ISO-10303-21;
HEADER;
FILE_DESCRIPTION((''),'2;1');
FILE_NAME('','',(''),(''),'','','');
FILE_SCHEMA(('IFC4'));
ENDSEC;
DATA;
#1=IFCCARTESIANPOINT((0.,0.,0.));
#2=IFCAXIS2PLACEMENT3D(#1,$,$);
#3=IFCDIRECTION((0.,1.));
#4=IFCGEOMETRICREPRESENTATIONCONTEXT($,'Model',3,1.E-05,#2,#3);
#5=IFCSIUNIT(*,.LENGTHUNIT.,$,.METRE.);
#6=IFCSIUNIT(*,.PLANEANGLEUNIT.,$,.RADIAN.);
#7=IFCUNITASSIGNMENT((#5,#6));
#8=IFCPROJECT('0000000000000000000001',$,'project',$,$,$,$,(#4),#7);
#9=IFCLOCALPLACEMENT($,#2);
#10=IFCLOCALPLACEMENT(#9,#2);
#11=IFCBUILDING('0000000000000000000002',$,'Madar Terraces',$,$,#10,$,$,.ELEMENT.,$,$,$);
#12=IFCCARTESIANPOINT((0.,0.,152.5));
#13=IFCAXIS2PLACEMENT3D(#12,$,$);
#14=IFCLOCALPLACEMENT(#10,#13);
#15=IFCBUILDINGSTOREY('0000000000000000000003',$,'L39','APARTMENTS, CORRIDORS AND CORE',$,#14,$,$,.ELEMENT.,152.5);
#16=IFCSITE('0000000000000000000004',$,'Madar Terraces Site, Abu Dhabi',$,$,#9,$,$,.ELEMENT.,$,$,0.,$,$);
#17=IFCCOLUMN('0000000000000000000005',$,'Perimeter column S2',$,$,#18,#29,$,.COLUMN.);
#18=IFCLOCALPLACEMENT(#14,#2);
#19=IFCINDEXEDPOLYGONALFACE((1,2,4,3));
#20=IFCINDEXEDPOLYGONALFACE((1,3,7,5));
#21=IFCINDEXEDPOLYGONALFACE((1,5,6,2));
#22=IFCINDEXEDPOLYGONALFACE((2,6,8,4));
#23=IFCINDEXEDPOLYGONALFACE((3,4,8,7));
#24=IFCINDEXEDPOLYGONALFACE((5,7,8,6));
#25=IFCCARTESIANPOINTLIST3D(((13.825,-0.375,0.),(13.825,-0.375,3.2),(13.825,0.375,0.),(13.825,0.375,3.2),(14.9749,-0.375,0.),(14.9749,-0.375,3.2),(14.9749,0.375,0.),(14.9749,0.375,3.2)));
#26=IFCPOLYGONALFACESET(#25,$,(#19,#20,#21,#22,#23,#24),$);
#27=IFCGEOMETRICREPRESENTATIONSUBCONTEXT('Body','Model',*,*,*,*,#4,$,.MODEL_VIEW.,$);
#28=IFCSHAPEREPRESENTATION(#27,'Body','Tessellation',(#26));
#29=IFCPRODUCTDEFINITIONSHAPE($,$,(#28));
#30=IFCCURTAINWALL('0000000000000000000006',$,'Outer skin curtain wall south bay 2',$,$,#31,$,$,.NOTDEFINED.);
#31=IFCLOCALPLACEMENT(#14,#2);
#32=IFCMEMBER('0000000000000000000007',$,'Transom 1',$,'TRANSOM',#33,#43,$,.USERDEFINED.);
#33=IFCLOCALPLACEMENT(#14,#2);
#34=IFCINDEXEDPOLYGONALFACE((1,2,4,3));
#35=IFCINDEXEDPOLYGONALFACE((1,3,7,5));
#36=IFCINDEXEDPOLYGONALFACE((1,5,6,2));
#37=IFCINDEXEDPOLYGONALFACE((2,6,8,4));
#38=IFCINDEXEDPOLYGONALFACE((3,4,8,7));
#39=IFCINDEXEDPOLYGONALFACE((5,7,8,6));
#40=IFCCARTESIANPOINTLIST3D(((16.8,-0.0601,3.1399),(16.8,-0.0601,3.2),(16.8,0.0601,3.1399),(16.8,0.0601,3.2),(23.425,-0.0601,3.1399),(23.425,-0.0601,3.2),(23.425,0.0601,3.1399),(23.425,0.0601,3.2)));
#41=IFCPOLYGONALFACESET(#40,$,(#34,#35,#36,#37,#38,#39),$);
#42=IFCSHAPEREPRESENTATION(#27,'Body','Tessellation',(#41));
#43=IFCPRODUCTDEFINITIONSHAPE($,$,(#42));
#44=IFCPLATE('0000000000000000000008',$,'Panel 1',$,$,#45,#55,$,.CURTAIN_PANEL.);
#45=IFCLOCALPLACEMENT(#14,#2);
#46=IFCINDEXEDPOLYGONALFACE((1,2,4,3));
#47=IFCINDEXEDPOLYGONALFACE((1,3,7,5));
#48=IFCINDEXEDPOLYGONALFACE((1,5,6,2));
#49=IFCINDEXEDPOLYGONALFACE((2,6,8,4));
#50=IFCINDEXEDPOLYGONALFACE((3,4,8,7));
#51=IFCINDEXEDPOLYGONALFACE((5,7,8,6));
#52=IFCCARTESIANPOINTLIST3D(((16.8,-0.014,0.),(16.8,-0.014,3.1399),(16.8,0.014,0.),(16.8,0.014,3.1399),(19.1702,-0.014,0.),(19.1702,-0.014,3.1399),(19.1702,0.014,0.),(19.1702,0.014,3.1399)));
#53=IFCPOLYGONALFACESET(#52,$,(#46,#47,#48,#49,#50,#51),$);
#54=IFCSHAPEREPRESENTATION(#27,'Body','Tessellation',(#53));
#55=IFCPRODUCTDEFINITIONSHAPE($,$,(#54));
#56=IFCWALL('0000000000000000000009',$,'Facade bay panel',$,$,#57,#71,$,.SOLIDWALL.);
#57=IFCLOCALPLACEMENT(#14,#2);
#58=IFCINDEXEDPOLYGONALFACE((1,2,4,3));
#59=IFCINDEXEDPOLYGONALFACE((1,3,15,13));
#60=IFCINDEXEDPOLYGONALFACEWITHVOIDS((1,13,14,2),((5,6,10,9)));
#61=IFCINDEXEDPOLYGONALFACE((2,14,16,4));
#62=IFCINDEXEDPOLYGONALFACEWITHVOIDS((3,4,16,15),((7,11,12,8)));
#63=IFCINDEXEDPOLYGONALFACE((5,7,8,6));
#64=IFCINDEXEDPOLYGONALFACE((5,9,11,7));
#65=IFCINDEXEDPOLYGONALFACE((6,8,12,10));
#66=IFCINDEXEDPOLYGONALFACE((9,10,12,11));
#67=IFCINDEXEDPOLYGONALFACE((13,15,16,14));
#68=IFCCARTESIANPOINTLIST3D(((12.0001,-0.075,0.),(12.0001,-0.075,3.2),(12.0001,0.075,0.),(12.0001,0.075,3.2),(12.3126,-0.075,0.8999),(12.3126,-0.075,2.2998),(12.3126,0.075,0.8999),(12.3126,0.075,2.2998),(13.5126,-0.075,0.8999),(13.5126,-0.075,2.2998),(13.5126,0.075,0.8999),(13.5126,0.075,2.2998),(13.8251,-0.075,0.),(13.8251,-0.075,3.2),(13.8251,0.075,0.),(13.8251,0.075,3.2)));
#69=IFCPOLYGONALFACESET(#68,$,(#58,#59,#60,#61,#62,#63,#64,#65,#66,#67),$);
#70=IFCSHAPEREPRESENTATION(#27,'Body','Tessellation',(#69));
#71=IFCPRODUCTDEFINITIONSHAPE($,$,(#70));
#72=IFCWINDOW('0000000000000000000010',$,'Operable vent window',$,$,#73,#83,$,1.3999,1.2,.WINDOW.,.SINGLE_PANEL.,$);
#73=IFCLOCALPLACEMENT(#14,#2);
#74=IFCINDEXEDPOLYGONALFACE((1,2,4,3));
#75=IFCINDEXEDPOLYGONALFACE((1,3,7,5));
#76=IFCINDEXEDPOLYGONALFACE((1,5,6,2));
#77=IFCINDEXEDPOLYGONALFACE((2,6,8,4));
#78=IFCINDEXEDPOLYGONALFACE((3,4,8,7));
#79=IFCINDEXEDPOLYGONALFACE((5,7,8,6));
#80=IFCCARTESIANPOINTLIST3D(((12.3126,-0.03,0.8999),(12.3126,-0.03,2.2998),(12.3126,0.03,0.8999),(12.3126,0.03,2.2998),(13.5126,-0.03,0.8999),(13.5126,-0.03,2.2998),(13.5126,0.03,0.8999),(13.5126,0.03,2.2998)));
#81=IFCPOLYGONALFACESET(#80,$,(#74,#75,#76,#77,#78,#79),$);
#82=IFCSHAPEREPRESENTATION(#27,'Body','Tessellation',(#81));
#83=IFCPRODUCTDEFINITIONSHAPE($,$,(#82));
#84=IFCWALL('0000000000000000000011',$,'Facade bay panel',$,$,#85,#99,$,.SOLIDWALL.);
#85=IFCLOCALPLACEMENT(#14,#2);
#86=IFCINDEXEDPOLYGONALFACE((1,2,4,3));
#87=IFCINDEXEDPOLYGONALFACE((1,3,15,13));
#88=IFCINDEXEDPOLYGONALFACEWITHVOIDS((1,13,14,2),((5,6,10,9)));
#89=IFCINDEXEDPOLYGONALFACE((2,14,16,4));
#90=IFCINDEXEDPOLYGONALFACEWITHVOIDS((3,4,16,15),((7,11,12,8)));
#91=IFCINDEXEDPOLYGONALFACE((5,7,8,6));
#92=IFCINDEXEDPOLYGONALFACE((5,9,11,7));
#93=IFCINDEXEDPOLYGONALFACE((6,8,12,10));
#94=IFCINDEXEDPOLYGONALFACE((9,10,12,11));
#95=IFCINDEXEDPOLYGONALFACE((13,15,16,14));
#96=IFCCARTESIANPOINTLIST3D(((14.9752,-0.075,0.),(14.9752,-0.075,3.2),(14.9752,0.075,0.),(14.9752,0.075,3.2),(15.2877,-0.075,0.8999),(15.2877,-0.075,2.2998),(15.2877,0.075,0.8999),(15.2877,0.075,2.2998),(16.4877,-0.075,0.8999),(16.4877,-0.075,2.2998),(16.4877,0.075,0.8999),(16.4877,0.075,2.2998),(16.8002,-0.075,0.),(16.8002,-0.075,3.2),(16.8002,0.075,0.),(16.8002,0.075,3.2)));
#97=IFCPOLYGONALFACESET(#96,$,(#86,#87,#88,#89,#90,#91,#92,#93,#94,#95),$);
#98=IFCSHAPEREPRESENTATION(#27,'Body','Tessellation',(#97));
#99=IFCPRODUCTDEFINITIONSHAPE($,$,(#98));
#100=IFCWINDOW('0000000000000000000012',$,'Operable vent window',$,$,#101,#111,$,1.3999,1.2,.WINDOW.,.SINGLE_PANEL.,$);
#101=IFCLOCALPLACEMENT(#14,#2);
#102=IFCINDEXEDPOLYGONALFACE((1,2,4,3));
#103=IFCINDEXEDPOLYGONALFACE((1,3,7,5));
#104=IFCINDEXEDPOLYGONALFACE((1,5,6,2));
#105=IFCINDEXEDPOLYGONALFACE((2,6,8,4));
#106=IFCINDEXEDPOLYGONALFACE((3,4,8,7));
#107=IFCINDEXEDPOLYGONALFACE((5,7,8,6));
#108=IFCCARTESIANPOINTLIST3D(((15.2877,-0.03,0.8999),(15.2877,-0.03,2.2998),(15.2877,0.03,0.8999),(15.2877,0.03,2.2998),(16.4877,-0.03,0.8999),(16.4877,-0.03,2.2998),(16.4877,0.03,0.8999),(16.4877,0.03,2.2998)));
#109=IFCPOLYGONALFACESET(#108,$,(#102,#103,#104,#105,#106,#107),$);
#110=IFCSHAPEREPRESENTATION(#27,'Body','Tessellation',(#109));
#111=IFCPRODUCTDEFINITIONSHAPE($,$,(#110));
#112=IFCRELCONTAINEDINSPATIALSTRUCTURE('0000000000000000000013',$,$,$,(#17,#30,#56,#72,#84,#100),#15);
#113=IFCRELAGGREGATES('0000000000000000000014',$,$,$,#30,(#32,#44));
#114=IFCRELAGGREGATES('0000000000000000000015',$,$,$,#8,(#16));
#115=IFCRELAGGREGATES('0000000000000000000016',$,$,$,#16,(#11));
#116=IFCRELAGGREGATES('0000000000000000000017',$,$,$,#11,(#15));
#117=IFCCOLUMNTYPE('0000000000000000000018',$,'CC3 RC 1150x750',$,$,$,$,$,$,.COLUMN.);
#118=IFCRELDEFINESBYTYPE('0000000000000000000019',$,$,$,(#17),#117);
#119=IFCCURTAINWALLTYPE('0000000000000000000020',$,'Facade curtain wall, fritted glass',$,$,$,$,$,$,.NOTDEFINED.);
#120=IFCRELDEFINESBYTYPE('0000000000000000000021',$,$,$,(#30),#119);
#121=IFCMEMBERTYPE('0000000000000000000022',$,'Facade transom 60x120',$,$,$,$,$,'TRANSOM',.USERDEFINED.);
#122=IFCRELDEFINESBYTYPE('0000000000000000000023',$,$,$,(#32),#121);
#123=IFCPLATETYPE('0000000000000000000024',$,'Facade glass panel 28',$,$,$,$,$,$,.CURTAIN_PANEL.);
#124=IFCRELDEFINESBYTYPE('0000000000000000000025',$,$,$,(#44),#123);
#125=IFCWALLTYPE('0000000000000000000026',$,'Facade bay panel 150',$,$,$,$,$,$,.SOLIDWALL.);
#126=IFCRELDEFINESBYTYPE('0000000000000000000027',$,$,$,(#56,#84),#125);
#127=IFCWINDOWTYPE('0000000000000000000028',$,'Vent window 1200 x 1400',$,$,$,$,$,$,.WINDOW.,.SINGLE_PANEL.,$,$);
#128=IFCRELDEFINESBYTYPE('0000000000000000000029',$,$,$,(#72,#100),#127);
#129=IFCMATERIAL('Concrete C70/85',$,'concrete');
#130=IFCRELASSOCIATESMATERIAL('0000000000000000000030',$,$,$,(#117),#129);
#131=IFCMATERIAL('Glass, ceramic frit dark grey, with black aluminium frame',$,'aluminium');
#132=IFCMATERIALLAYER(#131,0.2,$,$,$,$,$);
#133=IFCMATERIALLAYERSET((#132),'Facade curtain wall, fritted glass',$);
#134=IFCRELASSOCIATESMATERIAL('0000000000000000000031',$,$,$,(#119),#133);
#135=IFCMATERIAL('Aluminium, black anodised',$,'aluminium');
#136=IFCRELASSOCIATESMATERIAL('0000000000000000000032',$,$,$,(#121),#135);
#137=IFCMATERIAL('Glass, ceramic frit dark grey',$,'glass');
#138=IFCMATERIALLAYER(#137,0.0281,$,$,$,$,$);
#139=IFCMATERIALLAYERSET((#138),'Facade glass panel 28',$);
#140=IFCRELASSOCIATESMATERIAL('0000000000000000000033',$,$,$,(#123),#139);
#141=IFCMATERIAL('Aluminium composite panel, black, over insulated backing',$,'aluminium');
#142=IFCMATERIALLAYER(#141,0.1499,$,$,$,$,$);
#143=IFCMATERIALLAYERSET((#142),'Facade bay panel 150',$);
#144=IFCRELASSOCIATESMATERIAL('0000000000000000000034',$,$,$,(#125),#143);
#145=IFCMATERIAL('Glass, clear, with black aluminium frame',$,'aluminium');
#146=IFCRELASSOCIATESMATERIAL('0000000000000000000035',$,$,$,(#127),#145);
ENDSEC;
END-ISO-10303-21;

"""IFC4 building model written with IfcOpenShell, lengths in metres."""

from ifc_helpers import new_model, si_unit, direction, frame, frame_2d, origin, origin_2d, place, context, subcontext, project, spatial, rectangle, extrude, material, layer, layer_set, material_profile, profile_set, type_object, element, fill, aggregate, save


model = new_model("IFC4")

# Units and contexts
model_context = context("Model", 3, precision=1e-05, world=origin(), true_north=direction((0.0, 1.0)))
body_context = subcontext(model_context, "Body", "Model", "MODEL_VIEW")
ifc_project = project(units=[si_unit("LENGTHUNIT", "METRE"), si_unit("PLANEANGLEUNIT", "RADIAN")], contexts=[model_context])

# Site, building, storey
site_placement = place(None, origin())
site = spatial("IfcSite", under=ifc_project, at=site_placement, Name="Madar Terraces Site, Abu Dhabi", CompositionType="ELEMENT", RefElevation=0.0)
building_placement = place(site_placement, origin())
building = spatial("IfcBuilding", under=site, at=building_placement, Name="Madar Terraces", CompositionType="ELEMENT")
storey_placement = place(building_placement, frame((0.0, 0.0, 152.5)))
storey = spatial("IfcBuildingStorey", under=building, at=storey_placement, Name="L39", Description="APARTMENTS, CORRIDORS AND CORE", CompositionType="ELEMENT", Elevation=152.5)

# Column
ifc_material_1 = material(Name="Concrete C70/85", Category="concrete")
ifc_material_profile_1 = material_profile(ifc_material_1, rectangle(XDim=1.1499, YDim=0.75, at=origin_2d()), Name="CC3 RC 1150x750")
ifc_profile_set_1 = profile_set([ifc_material_profile_1], Name="Concrete C70/85")
column_type = type_object("IfcColumnType", Name="CC3 RC 1150x750", PredefinedType="COLUMN", material=ifc_profile_set_1)
column_placement = place(storey_placement, frame((14.3999, 0.0, 0.0), z_axis=(0.0, 0.0, 1.0), x_axis=(1.0, 0.0, 0.0)))
element("IfcColumn", 1, at=column_placement, inside=storey, type_object=column_type, Name="Perimeter column S2", PredefinedType="COLUMN", context=body_context, shape_type="SweptSolid", body=[
    extrude(rectangle(XDim=1.1499, YDim=0.75, at=origin_2d()), origin(), (0.0, 0.0, 1.0), 3.2),
])

# Curtain wall, member, plate
ifc_material_2 = material(Name="Glass, ceramic frit dark grey, with black aluminium frame", Category="aluminium")
ifc_layer_1 = layer(ifc_material_2, 0.2)
ifc_layer_set_1 = layer_set([ifc_layer_1], Name="Facade curtain wall, fritted glass")
curtain_wall_type = type_object("IfcCurtainWallType", Name="Facade curtain wall, fritted glass", PredefinedType="NOTDEFINED", material=ifc_layer_set_1)
curtain_wall_placement = place(storey_placement, origin())
curtain_wall = element("IfcCurtainWall", 2, at=curtain_wall_placement, inside=storey, type_object=curtain_wall_type, Name="Outer skin curtain wall south bay 2", PredefinedType="NOTDEFINED")
ifc_material_3 = material(Name="Aluminium, black anodised", Category="aluminium")
ifc_material_profile_2 = material_profile(ifc_material_3, rectangle(XDim=0.1201, YDim=0.0601, at=origin_2d()), Name="Facade transom 60x120")
ifc_profile_set_2 = profile_set([ifc_material_profile_2], Name="Aluminium, black anodised")
member_type = type_object("IfcMemberType", Name="Facade transom 60x120", ElementType="TRANSOM", PredefinedType="USERDEFINED", material=ifc_profile_set_2)
member_placement = place(storey_placement, frame((16.8, 0.0, 3.1699), z_axis=(1.0, 0.0, 0.0), x_axis=(0.0, 1.0, 0.0)))
member = element("IfcMember", 3, at=member_placement, type_object=member_type, Name="Transom 1", ObjectType="TRANSOM", PredefinedType="USERDEFINED", context=body_context, shape_type="SweptSolid", body=[
    extrude(rectangle(XDim=0.1201, YDim=0.0601, at=origin_2d()), origin(), (0.0, 0.0, 1.0), 6.625),
])
ifc_material_4 = material(Name="Glass, ceramic frit dark grey", Category="glass")
ifc_layer_2 = layer(ifc_material_4, 0.0281)
ifc_layer_set_2 = layer_set([ifc_layer_2], Name="Facade glass panel 28")
plate_type = type_object("IfcPlateType", Name="Facade glass panel 28", PredefinedType="CURTAIN_PANEL", material=ifc_layer_set_2)
plate_placement = place(storey_placement, frame((17.9851, 0.0, 0.0), z_axis=(0.0, 0.0, 1.0), x_axis=(1.0, 0.0, 0.0)))
plate = element("IfcPlate", 4, at=plate_placement, type_object=plate_type, Name="Panel 1", PredefinedType="CURTAIN_PANEL", context=body_context, shape_type="SweptSolid", body=[
    extrude(rectangle(XDim=2.3701, YDim=0.0281, at=origin_2d()), origin(), (0.0, 0.0, 1.0), 3.1399),
])
aggregate(curtain_wall, [member, plate])

# Walls, openings, windows
ifc_material_5 = material(Name="Aluminium composite panel, black, over insulated backing", Category="aluminium")
ifc_layer_3 = layer(ifc_material_5, 0.1499)
ifc_layer_set_3 = layer_set([ifc_layer_3], Name="Facade bay panel 150")
wall_type_1 = type_object("IfcWallType", Name="Facade bay panel 150", PredefinedType="SOLIDWALL", material=ifc_layer_set_3)
wall_1_placement = place(storey_placement, frame((12.0, 0.0, 0.0), z_axis=(0.0, 0.0, 1.0), x_axis=(1.0, 0.0, 0.0)))
wall_1 = element("IfcWall", 5, at=wall_1_placement, inside=storey, type_object=wall_type_1, Name="Facade bay panel", PredefinedType="SOLIDWALL", context=body_context, shape_type="SweptSolid", body=[
    extrude(rectangle(XDim=1.825, YDim=0.1499, at=frame_2d((0.9126, 0.0))), origin(), (0.0, 0.0, 1.0), 3.2),
])
opening_1_placement = place(wall_1_placement, frame((0.3125, 0.0, 0.8999)))
opening_1 = element("IfcOpeningElement", 6, at=opening_1_placement, cuts=wall_1, PredefinedType="OPENING", context=body_context, shape_type="SweptSolid", body=[
    extrude(rectangle(XDim=1.2, YDim=1.3999, at=frame_2d((0.6001, 0.7))), frame((0.0, 0.085, 0.0), z_axis=(0.0, -1.0, 0.0), x_axis=(1.0, 0.0, 0.0)), (0.0, 0.0, 1.0), 0.1699),
])
ifc_material_6 = material(Name="Glass, clear, with black aluminium frame", Category="aluminium")
window_type = type_object("IfcWindowType", Name="Vent window 1200 x 1400", PartitioningType="SINGLE_PANEL", PredefinedType="WINDOW", material=ifc_material_6)
window_1_placement = place(opening_1_placement, origin())
window_1 = element("IfcWindow", 7, at=window_1_placement, inside=storey, type_object=window_type, Name="Operable vent window", OverallHeight=1.3999, OverallWidth=1.2, PartitioningType="SINGLE_PANEL", PredefinedType="WINDOW", context=body_context, shape_type="SweptSolid", body=[
    extrude(rectangle(XDim=1.2, YDim=1.3999, at=frame_2d((0.6001, 0.7))), frame((0.0, 0.03, 0.0), z_axis=(0.0, -1.0, 0.0), x_axis=(1.0, 0.0, 0.0)), (0.0, 0.0, 1.0), 0.0601),
])
fill(opening_1, window_1)
wall_2_placement = place(storey_placement, frame((14.9751, 0.0, 0.0), z_axis=(0.0, 0.0, 1.0), x_axis=(1.0, 0.0, 0.0)))
wall_2 = element("IfcWall", 8, at=wall_2_placement, inside=storey, type_object=wall_type_1, Name="Facade bay panel", PredefinedType="SOLIDWALL", context=body_context, shape_type="SweptSolid", body=[
    extrude(rectangle(XDim=1.825, YDim=0.1499, at=frame_2d((0.9126, 0.0))), origin(), (0.0, 0.0, 1.0), 3.2),
])
opening_2_placement = place(wall_2_placement, frame((0.3125, 0.0, 0.8999)))
opening_2 = element("IfcOpeningElement", 9, at=opening_2_placement, cuts=wall_2, PredefinedType="OPENING", context=body_context, shape_type="SweptSolid", body=[
    extrude(rectangle(XDim=1.2, YDim=1.3999, at=frame_2d((0.6001, 0.7))), frame((0.0, 0.085, 0.0), z_axis=(0.0, -1.0, 0.0), x_axis=(1.0, 0.0, 0.0)), (0.0, 0.0, 1.0), 0.1699),
])
window_2_placement = place(opening_2_placement, origin())
window_2 = element("IfcWindow", 10, at=window_2_placement, inside=storey, type_object=window_type, Name="Operable vent window", OverallHeight=1.3999, OverallWidth=1.2, PartitioningType="SINGLE_PANEL", PredefinedType="WINDOW", context=body_context, shape_type="SweptSolid", body=[
    extrude(rectangle(XDim=1.2, YDim=1.3999, at=frame_2d((0.6001, 0.7))), frame((0.0, 0.03, 0.0), z_axis=(0.0, -1.0, 0.0), x_axis=(1.0, 0.0, 0.0)), (0.0, 0.0, 1.0), 0.0601),
])
fill(opening_2, window_2)

save(model, "model.ifc")
